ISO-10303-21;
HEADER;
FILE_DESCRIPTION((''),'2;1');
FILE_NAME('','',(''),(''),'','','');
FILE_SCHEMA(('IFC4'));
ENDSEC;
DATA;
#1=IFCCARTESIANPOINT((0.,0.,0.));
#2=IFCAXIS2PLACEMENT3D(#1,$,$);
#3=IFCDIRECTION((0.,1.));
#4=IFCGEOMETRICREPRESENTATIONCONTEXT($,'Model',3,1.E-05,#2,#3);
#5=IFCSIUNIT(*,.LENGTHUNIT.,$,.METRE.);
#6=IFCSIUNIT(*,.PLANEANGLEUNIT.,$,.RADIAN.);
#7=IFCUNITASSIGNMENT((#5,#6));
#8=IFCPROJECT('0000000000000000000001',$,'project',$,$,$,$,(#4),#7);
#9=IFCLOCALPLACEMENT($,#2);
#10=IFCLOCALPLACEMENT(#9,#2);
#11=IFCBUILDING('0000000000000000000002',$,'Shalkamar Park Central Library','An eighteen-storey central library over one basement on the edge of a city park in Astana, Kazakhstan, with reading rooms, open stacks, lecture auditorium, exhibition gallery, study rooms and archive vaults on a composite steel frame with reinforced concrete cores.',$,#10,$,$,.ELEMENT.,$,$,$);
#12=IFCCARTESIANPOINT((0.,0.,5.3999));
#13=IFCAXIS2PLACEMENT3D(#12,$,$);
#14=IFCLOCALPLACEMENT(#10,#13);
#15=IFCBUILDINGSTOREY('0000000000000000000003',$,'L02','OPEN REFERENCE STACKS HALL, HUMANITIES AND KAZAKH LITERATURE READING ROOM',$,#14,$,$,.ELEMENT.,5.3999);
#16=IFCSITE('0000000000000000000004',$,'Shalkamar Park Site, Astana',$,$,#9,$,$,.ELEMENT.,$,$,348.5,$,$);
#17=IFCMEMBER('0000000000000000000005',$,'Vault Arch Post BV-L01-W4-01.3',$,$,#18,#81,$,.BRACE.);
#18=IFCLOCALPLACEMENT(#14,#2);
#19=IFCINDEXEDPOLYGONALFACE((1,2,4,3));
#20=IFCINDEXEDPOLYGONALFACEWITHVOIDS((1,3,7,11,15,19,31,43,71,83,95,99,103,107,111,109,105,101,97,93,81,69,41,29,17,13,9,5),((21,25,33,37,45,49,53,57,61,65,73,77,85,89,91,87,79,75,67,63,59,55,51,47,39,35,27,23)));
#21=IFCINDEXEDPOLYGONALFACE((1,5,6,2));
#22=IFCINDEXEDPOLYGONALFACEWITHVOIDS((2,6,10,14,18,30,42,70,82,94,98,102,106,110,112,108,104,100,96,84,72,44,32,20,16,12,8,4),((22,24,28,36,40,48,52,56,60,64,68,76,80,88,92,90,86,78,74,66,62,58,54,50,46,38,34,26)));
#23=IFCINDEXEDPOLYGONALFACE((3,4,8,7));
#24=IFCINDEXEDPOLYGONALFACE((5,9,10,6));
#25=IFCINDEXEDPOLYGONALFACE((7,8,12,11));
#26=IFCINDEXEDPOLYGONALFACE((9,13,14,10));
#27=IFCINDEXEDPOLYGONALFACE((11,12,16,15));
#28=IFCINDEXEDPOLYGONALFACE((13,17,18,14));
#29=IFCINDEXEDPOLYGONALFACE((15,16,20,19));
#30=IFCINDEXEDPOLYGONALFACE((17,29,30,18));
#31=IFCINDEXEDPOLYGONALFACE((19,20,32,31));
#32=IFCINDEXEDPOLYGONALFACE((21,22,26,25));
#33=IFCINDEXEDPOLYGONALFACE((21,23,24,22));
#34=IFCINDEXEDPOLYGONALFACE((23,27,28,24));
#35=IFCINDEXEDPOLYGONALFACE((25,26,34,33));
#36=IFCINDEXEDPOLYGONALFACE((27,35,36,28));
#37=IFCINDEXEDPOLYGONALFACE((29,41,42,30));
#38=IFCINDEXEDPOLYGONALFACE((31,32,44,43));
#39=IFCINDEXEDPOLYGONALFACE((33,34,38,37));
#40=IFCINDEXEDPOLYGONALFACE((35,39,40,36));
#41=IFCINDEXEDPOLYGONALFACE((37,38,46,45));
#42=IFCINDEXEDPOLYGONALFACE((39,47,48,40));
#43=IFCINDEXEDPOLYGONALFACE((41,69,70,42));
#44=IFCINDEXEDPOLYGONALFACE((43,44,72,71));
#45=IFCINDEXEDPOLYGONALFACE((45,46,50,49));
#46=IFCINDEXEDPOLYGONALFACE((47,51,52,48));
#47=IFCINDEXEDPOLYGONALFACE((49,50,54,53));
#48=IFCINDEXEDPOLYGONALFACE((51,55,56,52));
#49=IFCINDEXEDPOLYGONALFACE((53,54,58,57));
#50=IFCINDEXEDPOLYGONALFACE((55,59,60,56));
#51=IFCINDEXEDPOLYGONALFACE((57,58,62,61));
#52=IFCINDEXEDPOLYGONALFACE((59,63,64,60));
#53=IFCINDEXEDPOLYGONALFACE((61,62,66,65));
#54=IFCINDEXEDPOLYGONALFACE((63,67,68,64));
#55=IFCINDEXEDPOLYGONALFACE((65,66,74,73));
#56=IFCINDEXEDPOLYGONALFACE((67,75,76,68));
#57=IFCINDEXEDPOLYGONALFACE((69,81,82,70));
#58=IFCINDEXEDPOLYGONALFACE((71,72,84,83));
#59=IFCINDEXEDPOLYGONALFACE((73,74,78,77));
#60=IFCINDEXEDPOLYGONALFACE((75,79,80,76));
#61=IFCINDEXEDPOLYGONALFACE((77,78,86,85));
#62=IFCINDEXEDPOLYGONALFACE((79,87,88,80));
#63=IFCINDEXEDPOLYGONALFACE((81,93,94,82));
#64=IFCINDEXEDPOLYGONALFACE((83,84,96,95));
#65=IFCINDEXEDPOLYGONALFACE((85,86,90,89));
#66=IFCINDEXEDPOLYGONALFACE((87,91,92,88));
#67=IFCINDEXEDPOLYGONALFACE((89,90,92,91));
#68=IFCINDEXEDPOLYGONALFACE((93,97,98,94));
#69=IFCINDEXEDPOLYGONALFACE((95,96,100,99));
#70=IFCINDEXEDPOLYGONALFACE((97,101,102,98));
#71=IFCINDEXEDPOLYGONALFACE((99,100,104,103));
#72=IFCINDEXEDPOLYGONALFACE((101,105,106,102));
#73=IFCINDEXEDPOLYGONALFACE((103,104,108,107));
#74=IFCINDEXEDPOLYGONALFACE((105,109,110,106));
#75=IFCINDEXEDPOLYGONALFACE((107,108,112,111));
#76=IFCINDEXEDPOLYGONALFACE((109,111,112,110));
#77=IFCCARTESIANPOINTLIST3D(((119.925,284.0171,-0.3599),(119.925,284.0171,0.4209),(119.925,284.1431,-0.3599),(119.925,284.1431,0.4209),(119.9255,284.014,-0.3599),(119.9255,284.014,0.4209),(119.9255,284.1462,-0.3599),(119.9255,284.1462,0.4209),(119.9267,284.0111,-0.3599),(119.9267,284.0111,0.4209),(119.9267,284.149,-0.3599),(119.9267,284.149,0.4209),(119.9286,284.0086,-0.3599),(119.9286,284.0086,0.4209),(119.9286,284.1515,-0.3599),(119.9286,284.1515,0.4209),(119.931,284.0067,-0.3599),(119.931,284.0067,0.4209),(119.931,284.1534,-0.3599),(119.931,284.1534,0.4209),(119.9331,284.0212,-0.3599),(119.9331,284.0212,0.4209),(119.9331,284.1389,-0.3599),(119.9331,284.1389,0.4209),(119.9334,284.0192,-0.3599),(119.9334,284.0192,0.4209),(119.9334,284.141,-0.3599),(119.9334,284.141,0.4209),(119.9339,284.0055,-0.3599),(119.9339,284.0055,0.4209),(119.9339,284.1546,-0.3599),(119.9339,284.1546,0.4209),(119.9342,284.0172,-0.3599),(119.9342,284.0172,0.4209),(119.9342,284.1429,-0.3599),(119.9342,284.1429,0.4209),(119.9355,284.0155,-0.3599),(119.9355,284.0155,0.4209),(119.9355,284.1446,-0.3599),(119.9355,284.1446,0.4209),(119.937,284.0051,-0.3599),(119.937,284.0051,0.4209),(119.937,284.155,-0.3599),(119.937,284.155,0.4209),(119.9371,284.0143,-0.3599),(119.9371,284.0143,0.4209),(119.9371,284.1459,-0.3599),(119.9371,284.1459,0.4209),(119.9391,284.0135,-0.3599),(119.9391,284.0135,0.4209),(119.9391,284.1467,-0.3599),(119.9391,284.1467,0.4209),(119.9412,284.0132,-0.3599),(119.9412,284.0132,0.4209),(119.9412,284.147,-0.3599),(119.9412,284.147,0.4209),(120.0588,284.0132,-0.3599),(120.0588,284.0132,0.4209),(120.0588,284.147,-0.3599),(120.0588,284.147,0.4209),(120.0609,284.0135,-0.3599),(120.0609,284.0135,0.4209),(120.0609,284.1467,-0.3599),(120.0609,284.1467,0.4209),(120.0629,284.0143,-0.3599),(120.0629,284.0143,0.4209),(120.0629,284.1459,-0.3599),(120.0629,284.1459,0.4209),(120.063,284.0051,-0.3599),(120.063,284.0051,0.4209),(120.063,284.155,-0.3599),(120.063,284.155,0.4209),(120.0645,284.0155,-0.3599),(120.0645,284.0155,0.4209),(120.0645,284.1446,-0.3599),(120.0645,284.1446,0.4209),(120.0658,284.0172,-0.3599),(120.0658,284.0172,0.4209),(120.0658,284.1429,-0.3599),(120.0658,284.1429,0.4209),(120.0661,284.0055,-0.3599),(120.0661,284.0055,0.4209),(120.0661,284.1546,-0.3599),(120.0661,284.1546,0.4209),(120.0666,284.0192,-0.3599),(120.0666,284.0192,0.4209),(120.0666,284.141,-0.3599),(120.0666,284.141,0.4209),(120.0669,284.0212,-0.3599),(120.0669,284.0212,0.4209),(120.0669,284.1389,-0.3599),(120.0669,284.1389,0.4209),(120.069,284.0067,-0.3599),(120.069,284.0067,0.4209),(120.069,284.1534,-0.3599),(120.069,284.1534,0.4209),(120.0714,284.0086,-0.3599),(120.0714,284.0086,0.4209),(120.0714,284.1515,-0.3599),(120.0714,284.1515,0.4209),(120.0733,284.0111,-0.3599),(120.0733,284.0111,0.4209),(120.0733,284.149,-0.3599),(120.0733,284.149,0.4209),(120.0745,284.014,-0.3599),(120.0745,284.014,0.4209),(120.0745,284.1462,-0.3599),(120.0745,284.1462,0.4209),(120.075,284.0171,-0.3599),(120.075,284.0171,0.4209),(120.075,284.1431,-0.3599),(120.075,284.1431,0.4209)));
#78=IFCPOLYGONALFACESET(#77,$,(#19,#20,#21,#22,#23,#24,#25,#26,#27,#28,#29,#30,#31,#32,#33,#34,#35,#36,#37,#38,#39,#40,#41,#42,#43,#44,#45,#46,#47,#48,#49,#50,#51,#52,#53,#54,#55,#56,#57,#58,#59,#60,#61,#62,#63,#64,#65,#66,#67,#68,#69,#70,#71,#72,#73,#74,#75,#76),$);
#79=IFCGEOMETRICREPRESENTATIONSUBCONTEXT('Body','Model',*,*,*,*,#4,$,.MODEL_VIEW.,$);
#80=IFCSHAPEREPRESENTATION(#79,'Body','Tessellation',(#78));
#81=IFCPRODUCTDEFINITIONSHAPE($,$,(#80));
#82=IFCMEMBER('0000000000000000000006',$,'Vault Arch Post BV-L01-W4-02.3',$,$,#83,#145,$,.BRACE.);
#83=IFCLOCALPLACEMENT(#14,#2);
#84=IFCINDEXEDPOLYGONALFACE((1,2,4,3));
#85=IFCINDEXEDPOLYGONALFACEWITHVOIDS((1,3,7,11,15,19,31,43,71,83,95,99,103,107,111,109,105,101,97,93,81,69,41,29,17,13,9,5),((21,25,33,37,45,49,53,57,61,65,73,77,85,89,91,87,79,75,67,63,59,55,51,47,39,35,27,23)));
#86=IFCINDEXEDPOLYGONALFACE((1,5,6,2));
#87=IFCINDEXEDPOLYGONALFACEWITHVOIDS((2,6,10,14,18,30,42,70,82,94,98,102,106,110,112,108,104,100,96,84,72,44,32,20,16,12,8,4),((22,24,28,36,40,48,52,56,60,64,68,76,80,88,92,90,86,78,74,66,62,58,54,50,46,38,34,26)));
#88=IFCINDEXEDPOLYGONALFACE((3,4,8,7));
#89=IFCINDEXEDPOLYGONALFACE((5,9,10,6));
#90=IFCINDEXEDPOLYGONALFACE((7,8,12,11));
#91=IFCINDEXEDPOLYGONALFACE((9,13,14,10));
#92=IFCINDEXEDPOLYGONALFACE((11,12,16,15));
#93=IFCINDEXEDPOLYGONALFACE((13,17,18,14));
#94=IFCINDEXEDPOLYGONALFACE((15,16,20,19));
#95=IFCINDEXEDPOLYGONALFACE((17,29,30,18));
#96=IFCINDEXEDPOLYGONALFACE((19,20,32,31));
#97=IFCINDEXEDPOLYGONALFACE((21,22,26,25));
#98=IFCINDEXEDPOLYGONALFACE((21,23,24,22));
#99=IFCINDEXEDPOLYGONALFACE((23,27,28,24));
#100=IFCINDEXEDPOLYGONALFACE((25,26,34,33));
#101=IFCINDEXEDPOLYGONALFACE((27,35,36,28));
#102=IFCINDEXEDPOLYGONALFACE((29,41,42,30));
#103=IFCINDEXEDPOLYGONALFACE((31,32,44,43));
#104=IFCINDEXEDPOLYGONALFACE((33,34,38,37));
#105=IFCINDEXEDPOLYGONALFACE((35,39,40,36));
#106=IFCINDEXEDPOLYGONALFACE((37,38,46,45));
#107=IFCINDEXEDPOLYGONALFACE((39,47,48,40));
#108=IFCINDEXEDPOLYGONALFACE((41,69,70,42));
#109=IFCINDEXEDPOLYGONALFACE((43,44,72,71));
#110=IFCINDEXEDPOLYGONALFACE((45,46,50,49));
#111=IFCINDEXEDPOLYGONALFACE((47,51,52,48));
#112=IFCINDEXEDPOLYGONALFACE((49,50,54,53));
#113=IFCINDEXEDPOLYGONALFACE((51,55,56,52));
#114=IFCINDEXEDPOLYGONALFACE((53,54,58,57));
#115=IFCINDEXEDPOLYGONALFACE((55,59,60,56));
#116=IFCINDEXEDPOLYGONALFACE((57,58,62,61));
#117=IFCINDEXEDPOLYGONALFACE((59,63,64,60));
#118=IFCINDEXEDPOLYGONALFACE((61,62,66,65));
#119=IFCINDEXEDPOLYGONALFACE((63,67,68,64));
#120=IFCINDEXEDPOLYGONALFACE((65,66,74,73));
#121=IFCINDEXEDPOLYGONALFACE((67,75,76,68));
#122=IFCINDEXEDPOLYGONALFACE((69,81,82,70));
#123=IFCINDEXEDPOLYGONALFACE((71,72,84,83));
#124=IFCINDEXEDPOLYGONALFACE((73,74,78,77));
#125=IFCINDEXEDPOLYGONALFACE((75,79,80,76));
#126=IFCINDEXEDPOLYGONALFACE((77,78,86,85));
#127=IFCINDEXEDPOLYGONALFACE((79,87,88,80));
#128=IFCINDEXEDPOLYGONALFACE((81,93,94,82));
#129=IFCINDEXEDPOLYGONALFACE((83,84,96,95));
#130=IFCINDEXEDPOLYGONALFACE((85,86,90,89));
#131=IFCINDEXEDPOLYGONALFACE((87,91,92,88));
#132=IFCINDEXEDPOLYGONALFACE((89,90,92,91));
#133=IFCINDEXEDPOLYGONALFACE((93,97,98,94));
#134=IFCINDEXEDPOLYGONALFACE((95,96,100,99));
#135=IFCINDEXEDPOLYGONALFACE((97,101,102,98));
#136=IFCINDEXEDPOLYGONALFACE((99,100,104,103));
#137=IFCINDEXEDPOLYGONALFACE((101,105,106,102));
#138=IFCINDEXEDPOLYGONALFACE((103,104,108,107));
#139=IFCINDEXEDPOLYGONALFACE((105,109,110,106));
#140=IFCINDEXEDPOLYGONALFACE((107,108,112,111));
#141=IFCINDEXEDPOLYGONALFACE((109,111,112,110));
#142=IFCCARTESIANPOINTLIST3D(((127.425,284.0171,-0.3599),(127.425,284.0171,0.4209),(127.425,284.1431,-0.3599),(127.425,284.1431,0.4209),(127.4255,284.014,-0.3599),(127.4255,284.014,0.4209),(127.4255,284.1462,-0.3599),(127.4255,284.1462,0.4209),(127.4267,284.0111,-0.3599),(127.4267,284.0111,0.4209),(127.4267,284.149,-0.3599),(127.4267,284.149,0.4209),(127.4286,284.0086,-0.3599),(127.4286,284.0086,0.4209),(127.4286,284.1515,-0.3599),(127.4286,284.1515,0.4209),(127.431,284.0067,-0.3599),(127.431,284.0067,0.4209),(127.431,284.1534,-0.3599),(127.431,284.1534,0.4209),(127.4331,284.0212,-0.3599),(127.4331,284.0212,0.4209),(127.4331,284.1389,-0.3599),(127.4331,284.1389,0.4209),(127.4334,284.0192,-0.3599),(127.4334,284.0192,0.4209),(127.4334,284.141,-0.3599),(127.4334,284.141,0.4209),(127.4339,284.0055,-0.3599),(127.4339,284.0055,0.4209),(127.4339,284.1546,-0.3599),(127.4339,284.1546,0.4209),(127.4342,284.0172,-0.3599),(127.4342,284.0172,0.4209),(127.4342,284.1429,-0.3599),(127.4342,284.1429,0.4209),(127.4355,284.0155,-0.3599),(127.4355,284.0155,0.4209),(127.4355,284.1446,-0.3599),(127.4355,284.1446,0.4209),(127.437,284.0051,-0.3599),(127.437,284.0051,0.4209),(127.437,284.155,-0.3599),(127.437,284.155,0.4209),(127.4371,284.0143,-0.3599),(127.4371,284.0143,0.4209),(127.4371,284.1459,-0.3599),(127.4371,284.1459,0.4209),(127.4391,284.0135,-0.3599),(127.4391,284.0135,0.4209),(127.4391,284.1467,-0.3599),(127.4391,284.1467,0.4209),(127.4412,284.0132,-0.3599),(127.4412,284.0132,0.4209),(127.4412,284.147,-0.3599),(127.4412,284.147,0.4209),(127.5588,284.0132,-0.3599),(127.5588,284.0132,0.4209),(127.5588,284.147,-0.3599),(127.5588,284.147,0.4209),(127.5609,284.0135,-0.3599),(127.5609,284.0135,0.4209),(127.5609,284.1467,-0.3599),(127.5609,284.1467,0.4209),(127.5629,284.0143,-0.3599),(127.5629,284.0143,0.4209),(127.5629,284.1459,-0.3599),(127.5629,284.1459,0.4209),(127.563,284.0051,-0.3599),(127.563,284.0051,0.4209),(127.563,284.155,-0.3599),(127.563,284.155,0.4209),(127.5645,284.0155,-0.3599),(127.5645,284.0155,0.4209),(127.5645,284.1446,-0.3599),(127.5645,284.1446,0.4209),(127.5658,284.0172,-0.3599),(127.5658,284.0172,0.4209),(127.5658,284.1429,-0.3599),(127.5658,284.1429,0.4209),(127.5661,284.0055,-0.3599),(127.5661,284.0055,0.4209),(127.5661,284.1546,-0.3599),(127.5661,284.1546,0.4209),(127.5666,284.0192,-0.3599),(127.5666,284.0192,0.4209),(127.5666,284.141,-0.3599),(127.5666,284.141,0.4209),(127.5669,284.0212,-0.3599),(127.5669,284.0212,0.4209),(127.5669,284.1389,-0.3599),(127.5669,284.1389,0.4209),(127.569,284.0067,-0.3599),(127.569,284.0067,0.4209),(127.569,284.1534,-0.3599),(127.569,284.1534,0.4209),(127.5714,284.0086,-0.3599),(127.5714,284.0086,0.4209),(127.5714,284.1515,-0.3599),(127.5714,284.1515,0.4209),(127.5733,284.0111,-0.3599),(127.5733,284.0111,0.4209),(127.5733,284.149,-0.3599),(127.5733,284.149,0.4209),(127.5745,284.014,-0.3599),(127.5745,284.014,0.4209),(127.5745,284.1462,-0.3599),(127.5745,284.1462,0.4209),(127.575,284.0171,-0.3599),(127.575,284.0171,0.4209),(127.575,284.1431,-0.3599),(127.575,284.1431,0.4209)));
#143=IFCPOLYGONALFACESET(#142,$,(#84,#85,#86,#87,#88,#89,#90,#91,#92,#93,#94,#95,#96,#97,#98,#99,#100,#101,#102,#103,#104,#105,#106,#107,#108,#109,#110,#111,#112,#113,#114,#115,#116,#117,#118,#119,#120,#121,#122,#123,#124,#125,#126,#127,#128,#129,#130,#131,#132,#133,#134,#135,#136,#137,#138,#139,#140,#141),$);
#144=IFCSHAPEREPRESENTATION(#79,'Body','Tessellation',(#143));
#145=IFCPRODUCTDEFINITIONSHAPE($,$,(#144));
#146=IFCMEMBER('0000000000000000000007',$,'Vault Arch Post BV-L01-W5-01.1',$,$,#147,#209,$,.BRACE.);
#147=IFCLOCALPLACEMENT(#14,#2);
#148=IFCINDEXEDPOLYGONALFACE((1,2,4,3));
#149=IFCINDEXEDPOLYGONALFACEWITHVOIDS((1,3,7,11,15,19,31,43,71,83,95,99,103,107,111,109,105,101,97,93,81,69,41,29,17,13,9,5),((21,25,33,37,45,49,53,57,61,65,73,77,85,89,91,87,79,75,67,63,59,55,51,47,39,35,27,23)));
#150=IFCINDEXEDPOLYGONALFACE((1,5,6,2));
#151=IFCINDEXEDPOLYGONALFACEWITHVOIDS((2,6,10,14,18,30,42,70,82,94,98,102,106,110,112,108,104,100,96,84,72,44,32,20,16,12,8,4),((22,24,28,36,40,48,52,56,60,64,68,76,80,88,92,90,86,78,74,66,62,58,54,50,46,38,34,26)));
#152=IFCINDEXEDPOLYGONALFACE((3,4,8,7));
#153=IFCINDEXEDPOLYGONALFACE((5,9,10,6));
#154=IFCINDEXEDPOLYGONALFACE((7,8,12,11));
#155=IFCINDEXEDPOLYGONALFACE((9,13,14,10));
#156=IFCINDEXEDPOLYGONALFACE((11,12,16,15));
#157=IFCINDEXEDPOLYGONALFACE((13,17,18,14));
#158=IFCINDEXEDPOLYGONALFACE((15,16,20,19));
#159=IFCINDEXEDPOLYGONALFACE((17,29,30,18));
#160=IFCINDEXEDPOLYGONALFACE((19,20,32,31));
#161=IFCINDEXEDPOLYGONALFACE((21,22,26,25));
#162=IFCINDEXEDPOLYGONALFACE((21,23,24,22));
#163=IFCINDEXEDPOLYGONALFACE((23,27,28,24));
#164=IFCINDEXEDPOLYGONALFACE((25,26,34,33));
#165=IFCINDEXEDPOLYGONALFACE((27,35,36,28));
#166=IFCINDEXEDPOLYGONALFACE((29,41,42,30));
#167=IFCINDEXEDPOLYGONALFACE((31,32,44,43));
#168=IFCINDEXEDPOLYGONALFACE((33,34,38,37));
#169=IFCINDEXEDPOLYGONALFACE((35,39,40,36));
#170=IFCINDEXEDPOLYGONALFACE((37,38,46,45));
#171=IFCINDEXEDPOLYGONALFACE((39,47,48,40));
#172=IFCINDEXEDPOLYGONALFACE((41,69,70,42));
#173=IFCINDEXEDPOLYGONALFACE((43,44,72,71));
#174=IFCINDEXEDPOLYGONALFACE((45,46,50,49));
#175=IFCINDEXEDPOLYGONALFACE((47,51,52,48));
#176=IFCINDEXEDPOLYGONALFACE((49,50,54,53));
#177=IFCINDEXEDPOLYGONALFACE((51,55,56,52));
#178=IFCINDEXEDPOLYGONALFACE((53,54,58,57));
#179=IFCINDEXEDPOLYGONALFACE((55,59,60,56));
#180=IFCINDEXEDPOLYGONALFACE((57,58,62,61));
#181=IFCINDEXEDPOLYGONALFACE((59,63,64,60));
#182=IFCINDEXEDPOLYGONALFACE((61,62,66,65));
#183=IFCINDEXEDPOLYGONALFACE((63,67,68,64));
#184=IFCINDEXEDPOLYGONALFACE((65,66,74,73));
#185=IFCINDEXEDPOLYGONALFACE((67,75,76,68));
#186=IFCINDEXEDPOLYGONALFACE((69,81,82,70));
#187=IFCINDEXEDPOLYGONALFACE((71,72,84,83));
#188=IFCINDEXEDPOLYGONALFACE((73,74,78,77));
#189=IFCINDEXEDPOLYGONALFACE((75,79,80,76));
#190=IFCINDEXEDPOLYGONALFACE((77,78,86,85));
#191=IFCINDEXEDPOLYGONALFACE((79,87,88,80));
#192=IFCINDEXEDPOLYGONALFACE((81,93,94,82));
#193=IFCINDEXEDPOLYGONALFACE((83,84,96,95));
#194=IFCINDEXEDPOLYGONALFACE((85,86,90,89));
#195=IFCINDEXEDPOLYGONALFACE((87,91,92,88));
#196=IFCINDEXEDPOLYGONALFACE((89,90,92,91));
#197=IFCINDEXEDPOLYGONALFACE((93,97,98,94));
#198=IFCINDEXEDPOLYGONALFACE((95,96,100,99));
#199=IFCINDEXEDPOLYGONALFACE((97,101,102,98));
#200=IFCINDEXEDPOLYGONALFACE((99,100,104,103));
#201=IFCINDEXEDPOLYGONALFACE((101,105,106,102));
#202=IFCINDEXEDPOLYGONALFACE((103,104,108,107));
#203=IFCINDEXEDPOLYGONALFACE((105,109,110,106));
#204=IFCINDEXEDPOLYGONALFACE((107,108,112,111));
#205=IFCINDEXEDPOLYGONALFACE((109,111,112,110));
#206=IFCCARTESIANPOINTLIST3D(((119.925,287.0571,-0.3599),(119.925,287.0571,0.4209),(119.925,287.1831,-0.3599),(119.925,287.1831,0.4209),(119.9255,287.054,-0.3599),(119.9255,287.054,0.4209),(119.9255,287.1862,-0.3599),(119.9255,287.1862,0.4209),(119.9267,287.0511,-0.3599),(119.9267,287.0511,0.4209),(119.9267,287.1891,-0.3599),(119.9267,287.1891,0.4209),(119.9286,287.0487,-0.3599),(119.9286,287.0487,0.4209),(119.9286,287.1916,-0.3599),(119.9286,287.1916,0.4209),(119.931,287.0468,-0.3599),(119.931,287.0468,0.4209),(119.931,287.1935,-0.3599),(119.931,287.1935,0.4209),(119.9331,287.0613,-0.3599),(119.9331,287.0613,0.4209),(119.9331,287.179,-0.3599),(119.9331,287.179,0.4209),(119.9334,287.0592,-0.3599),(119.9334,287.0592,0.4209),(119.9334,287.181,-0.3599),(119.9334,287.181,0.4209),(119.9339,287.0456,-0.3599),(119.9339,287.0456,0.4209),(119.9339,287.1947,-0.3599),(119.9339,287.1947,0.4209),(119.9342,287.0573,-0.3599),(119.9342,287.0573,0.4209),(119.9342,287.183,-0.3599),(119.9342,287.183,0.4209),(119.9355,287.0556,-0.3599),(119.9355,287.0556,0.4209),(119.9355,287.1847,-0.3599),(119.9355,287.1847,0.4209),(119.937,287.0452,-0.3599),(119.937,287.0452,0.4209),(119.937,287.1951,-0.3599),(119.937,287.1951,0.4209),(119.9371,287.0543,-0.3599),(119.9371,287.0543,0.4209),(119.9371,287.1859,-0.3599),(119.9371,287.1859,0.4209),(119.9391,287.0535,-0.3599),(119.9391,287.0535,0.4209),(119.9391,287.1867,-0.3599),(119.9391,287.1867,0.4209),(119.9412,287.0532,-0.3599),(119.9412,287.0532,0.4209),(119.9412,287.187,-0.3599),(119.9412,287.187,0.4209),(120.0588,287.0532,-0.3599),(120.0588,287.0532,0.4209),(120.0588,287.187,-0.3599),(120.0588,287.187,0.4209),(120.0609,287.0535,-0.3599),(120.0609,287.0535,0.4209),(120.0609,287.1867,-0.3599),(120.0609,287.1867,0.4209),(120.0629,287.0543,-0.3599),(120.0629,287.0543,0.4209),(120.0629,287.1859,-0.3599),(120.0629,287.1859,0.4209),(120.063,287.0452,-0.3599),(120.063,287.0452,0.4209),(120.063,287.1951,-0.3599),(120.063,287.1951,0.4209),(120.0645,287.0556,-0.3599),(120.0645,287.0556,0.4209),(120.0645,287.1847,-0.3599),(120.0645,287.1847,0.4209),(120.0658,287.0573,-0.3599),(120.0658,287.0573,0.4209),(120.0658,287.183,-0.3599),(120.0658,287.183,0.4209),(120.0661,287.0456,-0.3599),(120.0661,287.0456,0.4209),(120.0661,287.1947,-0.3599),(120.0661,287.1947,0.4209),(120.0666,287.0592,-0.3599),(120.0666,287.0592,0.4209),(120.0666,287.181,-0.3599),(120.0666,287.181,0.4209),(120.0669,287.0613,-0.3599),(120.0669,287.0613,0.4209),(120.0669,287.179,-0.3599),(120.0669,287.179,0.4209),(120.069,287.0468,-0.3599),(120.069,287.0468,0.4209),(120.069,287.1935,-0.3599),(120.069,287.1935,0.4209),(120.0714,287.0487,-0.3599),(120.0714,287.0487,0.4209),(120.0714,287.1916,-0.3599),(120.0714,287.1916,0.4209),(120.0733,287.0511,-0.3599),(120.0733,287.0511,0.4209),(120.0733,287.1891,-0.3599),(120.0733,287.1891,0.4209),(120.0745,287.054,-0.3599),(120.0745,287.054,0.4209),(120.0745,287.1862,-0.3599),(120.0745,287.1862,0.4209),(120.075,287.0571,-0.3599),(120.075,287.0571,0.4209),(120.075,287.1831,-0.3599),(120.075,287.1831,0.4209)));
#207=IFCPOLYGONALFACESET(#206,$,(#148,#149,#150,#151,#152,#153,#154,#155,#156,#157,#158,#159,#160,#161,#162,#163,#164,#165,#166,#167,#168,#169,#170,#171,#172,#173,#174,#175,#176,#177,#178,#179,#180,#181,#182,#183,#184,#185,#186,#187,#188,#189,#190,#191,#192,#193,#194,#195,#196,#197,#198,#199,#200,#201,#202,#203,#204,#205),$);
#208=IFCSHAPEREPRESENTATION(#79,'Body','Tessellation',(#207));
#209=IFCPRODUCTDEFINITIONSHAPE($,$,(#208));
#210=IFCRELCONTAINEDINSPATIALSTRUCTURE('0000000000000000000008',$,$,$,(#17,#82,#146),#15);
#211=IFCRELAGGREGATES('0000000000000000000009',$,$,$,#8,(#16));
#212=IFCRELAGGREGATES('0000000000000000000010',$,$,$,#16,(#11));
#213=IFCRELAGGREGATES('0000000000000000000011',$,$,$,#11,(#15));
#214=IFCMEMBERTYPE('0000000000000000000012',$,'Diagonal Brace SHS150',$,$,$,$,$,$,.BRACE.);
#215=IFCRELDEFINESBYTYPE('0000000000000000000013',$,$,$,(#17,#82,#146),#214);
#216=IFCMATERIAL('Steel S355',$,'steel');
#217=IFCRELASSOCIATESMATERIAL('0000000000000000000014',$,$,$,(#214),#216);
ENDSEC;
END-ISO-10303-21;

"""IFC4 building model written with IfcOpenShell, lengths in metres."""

from ifc_helpers import new_model, si_unit, direction, frame, origin, origin_2d, place, context, subcontext, project, spatial, hollow_rectangle, extrude, material, material_profile, profile_set, type_object, element, save


model = new_model("IFC4")

# Units and contexts
model_context = context("Model", 3, precision=1e-05, world=origin(), true_north=direction((0.0, 1.0)))
body_context = subcontext(model_context, "Body", "Model", "MODEL_VIEW")
ifc_project = project(units=[si_unit("LENGTHUNIT", "METRE"), si_unit("PLANEANGLEUNIT", "RADIAN")], contexts=[model_context])

# Site, building, storey
site_placement = place(None, origin())
site = spatial("IfcSite", under=ifc_project, at=site_placement, Name="Shalkamar Park Site, Astana", CompositionType="ELEMENT", RefElevation=348.5)
building_placement = place(site_placement, origin())
building = spatial("IfcBuilding", under=site, at=building_placement, Name="Shalkamar Park Central Library", Description="An eighteen-storey central library over one basement on the edge of a city park in Astana, Kazakhstan, with reading rooms, open stacks, lecture auditorium, exhibition gallery, study rooms and archive vaults on a composite steel frame with reinforced concrete cores.", CompositionType="ELEMENT")
storey_placement = place(building_placement, frame((0.0, 0.0, 5.3999)))
storey = spatial("IfcBuildingStorey", under=building, at=storey_placement, Name="L02", Description="OPEN REFERENCE STACKS HALL, HUMANITIES AND KAZAKH LITERATURE READING ROOM", CompositionType="ELEMENT", Elevation=5.3999)

# Members
ifc_material_1 = material(Name="Steel S355", Category="steel")
ifc_material_profile_1 = material_profile(ifc_material_1, hollow_rectangle(XDim=0.1499, YDim=0.1499, WallThickness=0.0081, InnerFilletRadius=0.0081, OuterFilletRadius=0.012, at=origin_2d()), Name="SHS 150x150x8")
ifc_profile_set_1 = profile_set([ifc_material_profile_1], Name="Steel S355")
member_type_1 = type_object("IfcMemberType", Name="Diagonal Brace SHS150", PredefinedType="BRACE", material=ifc_profile_set_1)
for number, where, z_axis, x_axis, name in (
    (1, (120.0, 284.0801, -0.3599), (0.0, 0.0, 1.0), (1.0, 0.0, 0.0), "Vault Arch Post BV-L01-W4-01.3"),
    (2, (127.5, 284.0801, -0.3599), (0.0, 0.0, 1.0), (1.0, 0.0, 0.0), "Vault Arch Post BV-L01-W4-02.3"),
    (3, (120.0, 287.1201, -0.3599), (0.0, 0.0, 1.0), (1.0, 0.0, 0.0), "Vault Arch Post BV-L01-W5-01.1"),
):
    element("IfcMember", number, at=place(storey_placement, frame(where, z_axis=z_axis, x_axis=x_axis)), inside=storey, type_object=member_type_1, Name=name, PredefinedType="BRACE", context=body_context, shape_type="SweptSolid", body=[
        extrude(hollow_rectangle(XDim=0.1499, YDim=0.1499, WallThickness=0.0081, InnerFilletRadius=0.0081, OuterFilletRadius=0.012, at=origin_2d()), origin(), (0.0, 0.0, 1.0), 0.7808),
    ])

save(model, "model.ifc")
